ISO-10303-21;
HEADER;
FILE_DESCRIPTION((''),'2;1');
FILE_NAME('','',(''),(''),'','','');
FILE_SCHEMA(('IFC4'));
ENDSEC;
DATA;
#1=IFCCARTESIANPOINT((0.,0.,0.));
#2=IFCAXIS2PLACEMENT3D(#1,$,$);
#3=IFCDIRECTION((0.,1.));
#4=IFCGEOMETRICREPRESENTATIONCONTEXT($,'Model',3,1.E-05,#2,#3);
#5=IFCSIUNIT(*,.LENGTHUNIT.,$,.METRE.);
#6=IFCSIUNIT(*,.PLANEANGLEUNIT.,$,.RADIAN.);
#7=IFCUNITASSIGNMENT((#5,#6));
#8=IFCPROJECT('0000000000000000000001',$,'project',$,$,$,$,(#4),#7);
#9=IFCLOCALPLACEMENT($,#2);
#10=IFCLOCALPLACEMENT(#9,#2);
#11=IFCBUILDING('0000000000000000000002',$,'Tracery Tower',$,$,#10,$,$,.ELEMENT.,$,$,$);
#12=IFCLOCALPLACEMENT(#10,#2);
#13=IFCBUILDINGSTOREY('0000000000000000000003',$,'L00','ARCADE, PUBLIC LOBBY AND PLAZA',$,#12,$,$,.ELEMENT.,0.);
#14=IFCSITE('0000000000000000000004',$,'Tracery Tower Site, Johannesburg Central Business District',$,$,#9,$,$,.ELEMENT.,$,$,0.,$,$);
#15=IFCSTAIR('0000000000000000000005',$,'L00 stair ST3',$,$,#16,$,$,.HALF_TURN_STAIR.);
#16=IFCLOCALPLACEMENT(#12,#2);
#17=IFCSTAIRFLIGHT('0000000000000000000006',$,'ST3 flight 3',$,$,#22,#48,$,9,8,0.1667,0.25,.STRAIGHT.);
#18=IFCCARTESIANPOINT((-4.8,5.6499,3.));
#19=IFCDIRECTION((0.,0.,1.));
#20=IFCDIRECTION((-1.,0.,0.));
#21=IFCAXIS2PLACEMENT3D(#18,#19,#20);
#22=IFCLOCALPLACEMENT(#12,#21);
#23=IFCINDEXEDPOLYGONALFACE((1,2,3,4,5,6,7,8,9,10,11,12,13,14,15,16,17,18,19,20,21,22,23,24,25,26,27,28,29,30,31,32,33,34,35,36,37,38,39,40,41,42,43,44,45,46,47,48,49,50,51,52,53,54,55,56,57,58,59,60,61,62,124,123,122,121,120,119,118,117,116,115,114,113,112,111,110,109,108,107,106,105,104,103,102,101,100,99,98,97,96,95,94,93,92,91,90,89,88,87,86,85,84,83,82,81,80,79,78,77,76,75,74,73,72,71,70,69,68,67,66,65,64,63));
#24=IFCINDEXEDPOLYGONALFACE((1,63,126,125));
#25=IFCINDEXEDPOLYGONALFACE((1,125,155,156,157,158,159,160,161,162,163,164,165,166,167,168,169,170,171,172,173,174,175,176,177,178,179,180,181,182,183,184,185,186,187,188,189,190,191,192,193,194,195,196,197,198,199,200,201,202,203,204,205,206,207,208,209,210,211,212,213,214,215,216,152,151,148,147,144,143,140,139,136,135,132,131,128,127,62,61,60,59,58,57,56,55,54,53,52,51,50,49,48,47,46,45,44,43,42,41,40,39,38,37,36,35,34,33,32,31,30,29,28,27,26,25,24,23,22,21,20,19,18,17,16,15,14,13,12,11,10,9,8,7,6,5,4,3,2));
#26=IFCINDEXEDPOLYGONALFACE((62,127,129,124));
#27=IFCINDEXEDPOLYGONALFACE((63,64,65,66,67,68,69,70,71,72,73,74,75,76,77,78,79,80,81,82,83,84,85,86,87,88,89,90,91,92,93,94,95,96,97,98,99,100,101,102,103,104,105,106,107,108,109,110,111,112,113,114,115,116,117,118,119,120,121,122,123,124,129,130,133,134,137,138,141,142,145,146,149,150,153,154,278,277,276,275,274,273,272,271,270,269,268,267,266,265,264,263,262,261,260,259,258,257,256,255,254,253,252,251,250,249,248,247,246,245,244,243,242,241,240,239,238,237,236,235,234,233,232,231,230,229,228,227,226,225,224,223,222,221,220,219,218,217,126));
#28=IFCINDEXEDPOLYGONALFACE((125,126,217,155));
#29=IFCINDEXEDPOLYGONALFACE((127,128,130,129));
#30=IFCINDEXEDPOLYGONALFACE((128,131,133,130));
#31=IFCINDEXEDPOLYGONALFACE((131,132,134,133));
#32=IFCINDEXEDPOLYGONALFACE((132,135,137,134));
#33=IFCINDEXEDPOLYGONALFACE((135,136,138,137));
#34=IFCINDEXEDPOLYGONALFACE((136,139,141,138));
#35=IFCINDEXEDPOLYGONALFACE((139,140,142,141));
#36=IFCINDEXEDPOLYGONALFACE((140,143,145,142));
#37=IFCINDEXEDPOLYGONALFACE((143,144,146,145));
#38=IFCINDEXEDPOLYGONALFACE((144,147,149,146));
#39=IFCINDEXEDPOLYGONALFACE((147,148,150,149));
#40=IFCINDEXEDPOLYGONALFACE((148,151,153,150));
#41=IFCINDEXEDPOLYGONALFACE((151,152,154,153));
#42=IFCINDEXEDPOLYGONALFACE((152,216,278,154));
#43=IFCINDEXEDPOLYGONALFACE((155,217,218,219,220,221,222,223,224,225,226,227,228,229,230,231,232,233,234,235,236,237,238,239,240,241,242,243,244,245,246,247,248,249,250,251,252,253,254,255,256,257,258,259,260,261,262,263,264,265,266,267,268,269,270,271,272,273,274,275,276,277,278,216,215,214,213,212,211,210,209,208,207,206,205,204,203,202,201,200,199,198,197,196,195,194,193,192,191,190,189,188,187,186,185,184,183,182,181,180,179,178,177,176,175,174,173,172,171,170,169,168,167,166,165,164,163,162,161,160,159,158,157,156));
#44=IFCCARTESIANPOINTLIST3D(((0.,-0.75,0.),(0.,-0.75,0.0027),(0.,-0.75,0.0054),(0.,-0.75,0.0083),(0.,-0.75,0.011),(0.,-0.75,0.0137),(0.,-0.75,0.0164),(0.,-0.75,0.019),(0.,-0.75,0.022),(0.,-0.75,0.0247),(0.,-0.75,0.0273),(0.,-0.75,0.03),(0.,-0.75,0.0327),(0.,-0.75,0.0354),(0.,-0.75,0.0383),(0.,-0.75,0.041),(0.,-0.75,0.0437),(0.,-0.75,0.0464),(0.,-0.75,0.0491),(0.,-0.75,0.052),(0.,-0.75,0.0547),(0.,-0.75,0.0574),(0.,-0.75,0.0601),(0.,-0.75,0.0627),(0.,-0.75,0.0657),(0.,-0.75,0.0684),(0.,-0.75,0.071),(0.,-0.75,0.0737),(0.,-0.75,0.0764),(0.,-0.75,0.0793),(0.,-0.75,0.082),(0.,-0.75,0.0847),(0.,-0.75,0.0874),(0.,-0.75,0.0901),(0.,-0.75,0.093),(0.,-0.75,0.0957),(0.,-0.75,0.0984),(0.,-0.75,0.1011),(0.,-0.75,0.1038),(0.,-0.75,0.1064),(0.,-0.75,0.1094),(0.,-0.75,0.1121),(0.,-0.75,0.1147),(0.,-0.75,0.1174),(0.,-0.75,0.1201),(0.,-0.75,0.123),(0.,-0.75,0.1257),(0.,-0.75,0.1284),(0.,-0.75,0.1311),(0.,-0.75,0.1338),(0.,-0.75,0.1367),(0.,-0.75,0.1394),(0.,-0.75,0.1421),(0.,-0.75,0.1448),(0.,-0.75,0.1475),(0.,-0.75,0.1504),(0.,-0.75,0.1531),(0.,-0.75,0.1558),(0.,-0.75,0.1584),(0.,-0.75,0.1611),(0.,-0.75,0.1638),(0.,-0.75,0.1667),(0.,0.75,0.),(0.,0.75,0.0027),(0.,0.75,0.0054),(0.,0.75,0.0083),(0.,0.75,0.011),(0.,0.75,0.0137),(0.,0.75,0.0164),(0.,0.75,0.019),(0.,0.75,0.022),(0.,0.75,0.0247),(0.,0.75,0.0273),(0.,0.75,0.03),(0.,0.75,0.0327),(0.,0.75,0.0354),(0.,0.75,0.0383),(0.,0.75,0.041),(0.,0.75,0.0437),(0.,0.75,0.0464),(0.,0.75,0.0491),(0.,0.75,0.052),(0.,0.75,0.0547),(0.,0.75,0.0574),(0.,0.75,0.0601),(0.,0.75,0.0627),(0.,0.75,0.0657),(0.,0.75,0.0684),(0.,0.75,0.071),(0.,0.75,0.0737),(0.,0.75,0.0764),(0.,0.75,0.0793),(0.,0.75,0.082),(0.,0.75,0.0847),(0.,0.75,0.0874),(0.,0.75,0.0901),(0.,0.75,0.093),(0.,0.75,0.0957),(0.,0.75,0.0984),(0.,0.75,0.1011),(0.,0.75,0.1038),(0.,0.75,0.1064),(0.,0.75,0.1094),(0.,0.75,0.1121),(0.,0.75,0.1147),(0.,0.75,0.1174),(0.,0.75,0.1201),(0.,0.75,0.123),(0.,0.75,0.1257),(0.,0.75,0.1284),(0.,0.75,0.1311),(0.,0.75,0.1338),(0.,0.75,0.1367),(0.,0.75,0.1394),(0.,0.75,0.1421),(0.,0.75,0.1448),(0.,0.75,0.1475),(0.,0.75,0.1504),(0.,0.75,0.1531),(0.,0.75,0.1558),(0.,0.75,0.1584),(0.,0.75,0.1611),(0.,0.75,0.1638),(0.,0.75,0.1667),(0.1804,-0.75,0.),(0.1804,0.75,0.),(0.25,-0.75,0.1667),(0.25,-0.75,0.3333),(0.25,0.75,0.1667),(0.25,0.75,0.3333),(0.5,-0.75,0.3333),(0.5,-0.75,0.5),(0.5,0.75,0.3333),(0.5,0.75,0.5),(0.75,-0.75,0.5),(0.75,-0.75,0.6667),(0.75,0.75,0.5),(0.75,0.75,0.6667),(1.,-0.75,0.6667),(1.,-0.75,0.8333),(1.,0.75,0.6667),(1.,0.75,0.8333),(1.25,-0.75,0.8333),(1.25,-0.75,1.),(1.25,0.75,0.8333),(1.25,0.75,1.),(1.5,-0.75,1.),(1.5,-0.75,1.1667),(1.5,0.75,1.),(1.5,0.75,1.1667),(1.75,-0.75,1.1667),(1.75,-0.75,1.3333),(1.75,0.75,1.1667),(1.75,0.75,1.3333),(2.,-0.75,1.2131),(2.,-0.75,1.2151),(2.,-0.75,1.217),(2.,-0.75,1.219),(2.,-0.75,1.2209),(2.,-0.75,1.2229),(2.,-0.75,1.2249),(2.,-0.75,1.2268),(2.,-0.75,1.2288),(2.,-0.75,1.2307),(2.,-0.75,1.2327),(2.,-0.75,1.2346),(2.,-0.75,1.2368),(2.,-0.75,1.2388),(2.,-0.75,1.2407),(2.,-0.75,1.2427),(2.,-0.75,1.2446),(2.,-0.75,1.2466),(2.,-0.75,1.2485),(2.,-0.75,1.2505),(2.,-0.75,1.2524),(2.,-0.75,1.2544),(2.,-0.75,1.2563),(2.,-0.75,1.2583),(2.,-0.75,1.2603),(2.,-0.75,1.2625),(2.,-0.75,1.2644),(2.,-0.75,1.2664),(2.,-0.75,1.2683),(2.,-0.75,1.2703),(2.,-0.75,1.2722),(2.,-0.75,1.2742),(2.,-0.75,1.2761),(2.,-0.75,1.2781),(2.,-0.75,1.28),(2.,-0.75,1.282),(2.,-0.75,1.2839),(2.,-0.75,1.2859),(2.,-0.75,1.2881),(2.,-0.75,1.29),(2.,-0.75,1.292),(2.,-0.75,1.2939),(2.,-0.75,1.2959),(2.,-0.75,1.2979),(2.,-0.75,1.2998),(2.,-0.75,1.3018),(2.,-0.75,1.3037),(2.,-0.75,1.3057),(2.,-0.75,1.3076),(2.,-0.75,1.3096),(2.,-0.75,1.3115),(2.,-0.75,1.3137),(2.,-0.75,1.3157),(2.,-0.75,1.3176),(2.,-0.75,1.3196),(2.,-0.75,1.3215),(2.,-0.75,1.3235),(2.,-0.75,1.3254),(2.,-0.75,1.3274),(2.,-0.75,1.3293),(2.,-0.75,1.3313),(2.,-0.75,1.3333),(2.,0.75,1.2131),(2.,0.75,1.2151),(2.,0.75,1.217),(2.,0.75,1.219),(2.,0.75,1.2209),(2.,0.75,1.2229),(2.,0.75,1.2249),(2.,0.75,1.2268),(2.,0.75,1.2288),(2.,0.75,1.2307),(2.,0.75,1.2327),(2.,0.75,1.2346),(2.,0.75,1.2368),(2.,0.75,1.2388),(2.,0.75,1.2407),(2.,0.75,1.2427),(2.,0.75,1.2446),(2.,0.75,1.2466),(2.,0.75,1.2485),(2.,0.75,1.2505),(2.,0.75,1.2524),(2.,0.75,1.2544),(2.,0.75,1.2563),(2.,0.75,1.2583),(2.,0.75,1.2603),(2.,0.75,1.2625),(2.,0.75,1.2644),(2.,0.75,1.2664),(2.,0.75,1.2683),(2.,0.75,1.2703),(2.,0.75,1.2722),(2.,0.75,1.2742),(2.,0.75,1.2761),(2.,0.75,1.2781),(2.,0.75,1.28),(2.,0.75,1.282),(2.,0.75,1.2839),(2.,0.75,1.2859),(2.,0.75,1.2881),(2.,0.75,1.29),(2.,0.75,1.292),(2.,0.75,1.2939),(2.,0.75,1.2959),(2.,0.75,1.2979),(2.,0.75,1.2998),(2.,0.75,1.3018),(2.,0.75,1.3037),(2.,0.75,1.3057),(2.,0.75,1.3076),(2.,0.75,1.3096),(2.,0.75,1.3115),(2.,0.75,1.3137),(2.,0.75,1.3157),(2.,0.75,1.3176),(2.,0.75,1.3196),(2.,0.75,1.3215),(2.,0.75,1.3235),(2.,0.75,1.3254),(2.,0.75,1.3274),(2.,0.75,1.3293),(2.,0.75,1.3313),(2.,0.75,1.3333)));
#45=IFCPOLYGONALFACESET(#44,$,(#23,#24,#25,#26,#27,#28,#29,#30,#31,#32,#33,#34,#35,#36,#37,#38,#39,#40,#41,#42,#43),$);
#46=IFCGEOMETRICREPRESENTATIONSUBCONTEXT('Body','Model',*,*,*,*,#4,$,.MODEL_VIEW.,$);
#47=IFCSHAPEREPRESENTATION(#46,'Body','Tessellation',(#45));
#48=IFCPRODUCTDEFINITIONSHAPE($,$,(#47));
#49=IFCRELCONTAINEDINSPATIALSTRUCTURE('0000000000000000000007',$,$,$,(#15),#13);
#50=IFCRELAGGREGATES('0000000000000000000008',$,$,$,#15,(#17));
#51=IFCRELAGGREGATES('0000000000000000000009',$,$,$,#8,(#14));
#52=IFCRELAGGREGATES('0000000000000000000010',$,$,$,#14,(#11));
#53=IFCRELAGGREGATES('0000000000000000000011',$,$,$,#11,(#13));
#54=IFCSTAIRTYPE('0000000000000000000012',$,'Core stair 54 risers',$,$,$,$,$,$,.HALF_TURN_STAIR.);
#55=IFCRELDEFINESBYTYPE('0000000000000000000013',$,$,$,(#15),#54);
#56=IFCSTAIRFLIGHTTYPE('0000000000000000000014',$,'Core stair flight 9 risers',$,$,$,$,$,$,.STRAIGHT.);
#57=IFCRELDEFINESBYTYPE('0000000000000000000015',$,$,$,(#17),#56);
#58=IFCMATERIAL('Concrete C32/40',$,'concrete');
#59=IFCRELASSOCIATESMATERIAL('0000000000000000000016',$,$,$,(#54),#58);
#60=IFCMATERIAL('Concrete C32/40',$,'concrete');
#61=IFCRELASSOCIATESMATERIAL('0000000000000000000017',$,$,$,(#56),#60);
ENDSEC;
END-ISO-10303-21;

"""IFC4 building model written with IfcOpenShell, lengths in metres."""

from ifc_helpers import new_model, si_unit, direction, frame, origin, place, context, subcontext, project, spatial, polyline, outline, extrude, material, type_object, element, aggregate, save


model = new_model("IFC4")

# Units and contexts
model_context = context("Model", 3, precision=1e-05, world=origin(), true_north=direction((0.0, 1.0)))
body_context = subcontext(model_context, "Body", "Model", "MODEL_VIEW")
ifc_project = project(units=[si_unit("LENGTHUNIT", "METRE"), si_unit("PLANEANGLEUNIT", "RADIAN")], contexts=[model_context])

# Site, building, storey
site_placement = place(None, origin())
site = spatial("IfcSite", under=ifc_project, at=site_placement, Name="Tracery Tower Site, Johannesburg Central Business District", CompositionType="ELEMENT", RefElevation=0.0)
building_placement = place(site_placement, origin())
building = spatial("IfcBuilding", under=site, at=building_placement, Name="Tracery Tower", CompositionType="ELEMENT")
storey_placement = place(building_placement, origin())
storey = spatial("IfcBuildingStorey", under=building, at=storey_placement, Name="L00", Description="ARCADE, PUBLIC LOBBY AND PLAZA", CompositionType="ELEMENT", Elevation=0.0)

# Stair, stair flight
ifc_material_1 = material(Name="Concrete C32/40", Category="concrete")
stair_type = type_object("IfcStairType", Name="Core stair 54 risers", PredefinedType="HALF_TURN_STAIR", material=ifc_material_1)
stair_placement = place(storey_placement, origin())
stair = element("IfcStair", 1, at=stair_placement, inside=storey, type_object=stair_type, Name="L00 stair ST3", PredefinedType="HALF_TURN_STAIR")
ifc_material_2 = material(Name="Concrete C32/40", Category="concrete")
stair_flight_type = type_object("IfcStairFlightType", Name="Core stair flight 9 risers", PredefinedType="STRAIGHT", material=ifc_material_2)
stair_flight_1_placement = place(storey_placement, frame((-4.8, 5.6499, 3.0), z_axis=(0.0, 0.0, 1.0), x_axis=(-1.0, 0.0, 0.0)))
stair_flight_1 = element("IfcStairFlight", 2, at=stair_flight_1_placement, type_object=stair_flight_type, Name="ST3 flight 3", NumberOfRisers=9, NumberOfTreads=8, PredefinedType="STRAIGHT", RiserHeight=0.1667, TreadLength=0.25, context=body_context, shape_type="SweptSolid", body=[
    extrude(outline(polyline([(0.0, 0.0), (0.0, 0.0027), (0.0, 0.0054), (0.0, 0.0083), (0.0, 0.011), (0.0, 0.0137), (0.0, 0.0164), (0.0, 0.019), (0.0, 0.022), (0.0, 0.0247), (0.0, 0.0273), (0.0, 0.03), (0.0, 0.0327), (0.0, 0.0354), (0.0, 0.0383), (0.0, 0.041), (0.0, 0.0437), (0.0, 0.0464), (0.0, 0.0491), (0.0, 0.052), (0.0, 0.0547), (0.0, 0.0574), (0.0, 0.0601), (0.0, 0.0627), (0.0, 0.0657), (0.0, 0.0684), (0.0, 0.071), (0.0, 0.0737), (0.0, 0.0764), (0.0, 0.0793), (0.0, 0.082), (0.0, 0.0847), (0.0, 0.0874), (0.0, 0.0901), (0.0, 0.093), (0.0, 0.0957), (0.0, 0.0984), (0.0, 0.1011), (0.0, 0.1038), (0.0, 0.1064), (0.0, 0.1094), (0.0, 0.1121), (0.0, 0.1147), (0.0, 0.1174), (0.0, 0.1201), (0.0, 0.123), (0.0, 0.1257), (0.0, 0.1284), (0.0, 0.1311), (0.0, 0.1338), (0.0, 0.1367), (0.0, 0.1394), (0.0, 0.1421), (0.0, 0.1448), (0.0, 0.1475), (0.0, 0.1504), (0.0, 0.1531), (0.0, 0.1558), (0.0, 0.1584), (0.0, 0.1611), (0.0, 0.1638), (0.0, 0.1667), (0.25, 0.1667), (0.25, 0.3333), (0.5, 0.3333), (0.5, 0.5), (0.75, 0.5), (0.75, 0.6667), (1.0, 0.6667), (1.0, 0.8333), (1.25, 0.8333), (1.25, 1.0), (1.5, 1.0), (1.5, 1.1667), (1.75, 1.1667), (1.75, 1.3333), (2.0, 1.3333), (2.0, 1.3313), (2.0, 1.3293), (2.0, 1.3274), (2.0, 1.3254), (2.0, 1.3235), (2.0, 1.3215), (2.0, 1.3196), (2.0, 1.3176), (2.0, 1.3157), (2.0, 1.3137), (2.0, 1.3115), (2.0, 1.3096), (2.0, 1.3076), (2.0, 1.3057), (2.0, 1.3037), (2.0, 1.3018), (2.0, 1.2998), (2.0, 1.2979), (2.0, 1.2959), (2.0, 1.2939), (2.0, 1.292), (2.0, 1.29), (2.0, 1.2881), (2.0, 1.2859), (2.0, 1.2839), (2.0, 1.282), (2.0, 1.28), (2.0, 1.2781), (2.0, 1.2761), (2.0, 1.2742), (2.0, 1.2722), (2.0, 1.2703), (2.0, 1.2683), (2.0, 1.2664), (2.0, 1.2644), (2.0, 1.2625), (2.0, 1.2603), (2.0, 1.2583), (2.0, 1.2563), (2.0, 1.2544), (2.0, 1.2524), (2.0, 1.2505), (2.0, 1.2485), (2.0, 1.2466), (2.0, 1.2446), (2.0, 1.2427), (2.0, 1.2407), (2.0, 1.2388), (2.0, 1.2368), (2.0, 1.2346), (2.0, 1.2327), (2.0, 1.2307), (2.0, 1.2288), (2.0, 1.2268), (2.0, 1.2249), (2.0, 1.2229), (2.0, 1.2209), (2.0, 1.219), (2.0, 1.217), (2.0, 1.2151), (2.0, 1.2131), (0.1804, 0.0), (0.0, 0.0)])), frame((0.0, 0.75, 0.0), z_axis=(0.0, -1.0, 0.0), x_axis=(1.0, 0.0, 0.0)), (0.0, 0.0, 1.0), 1.5),
])
aggregate(stair, [stair_flight_1])

save(model, "model.ifc")
